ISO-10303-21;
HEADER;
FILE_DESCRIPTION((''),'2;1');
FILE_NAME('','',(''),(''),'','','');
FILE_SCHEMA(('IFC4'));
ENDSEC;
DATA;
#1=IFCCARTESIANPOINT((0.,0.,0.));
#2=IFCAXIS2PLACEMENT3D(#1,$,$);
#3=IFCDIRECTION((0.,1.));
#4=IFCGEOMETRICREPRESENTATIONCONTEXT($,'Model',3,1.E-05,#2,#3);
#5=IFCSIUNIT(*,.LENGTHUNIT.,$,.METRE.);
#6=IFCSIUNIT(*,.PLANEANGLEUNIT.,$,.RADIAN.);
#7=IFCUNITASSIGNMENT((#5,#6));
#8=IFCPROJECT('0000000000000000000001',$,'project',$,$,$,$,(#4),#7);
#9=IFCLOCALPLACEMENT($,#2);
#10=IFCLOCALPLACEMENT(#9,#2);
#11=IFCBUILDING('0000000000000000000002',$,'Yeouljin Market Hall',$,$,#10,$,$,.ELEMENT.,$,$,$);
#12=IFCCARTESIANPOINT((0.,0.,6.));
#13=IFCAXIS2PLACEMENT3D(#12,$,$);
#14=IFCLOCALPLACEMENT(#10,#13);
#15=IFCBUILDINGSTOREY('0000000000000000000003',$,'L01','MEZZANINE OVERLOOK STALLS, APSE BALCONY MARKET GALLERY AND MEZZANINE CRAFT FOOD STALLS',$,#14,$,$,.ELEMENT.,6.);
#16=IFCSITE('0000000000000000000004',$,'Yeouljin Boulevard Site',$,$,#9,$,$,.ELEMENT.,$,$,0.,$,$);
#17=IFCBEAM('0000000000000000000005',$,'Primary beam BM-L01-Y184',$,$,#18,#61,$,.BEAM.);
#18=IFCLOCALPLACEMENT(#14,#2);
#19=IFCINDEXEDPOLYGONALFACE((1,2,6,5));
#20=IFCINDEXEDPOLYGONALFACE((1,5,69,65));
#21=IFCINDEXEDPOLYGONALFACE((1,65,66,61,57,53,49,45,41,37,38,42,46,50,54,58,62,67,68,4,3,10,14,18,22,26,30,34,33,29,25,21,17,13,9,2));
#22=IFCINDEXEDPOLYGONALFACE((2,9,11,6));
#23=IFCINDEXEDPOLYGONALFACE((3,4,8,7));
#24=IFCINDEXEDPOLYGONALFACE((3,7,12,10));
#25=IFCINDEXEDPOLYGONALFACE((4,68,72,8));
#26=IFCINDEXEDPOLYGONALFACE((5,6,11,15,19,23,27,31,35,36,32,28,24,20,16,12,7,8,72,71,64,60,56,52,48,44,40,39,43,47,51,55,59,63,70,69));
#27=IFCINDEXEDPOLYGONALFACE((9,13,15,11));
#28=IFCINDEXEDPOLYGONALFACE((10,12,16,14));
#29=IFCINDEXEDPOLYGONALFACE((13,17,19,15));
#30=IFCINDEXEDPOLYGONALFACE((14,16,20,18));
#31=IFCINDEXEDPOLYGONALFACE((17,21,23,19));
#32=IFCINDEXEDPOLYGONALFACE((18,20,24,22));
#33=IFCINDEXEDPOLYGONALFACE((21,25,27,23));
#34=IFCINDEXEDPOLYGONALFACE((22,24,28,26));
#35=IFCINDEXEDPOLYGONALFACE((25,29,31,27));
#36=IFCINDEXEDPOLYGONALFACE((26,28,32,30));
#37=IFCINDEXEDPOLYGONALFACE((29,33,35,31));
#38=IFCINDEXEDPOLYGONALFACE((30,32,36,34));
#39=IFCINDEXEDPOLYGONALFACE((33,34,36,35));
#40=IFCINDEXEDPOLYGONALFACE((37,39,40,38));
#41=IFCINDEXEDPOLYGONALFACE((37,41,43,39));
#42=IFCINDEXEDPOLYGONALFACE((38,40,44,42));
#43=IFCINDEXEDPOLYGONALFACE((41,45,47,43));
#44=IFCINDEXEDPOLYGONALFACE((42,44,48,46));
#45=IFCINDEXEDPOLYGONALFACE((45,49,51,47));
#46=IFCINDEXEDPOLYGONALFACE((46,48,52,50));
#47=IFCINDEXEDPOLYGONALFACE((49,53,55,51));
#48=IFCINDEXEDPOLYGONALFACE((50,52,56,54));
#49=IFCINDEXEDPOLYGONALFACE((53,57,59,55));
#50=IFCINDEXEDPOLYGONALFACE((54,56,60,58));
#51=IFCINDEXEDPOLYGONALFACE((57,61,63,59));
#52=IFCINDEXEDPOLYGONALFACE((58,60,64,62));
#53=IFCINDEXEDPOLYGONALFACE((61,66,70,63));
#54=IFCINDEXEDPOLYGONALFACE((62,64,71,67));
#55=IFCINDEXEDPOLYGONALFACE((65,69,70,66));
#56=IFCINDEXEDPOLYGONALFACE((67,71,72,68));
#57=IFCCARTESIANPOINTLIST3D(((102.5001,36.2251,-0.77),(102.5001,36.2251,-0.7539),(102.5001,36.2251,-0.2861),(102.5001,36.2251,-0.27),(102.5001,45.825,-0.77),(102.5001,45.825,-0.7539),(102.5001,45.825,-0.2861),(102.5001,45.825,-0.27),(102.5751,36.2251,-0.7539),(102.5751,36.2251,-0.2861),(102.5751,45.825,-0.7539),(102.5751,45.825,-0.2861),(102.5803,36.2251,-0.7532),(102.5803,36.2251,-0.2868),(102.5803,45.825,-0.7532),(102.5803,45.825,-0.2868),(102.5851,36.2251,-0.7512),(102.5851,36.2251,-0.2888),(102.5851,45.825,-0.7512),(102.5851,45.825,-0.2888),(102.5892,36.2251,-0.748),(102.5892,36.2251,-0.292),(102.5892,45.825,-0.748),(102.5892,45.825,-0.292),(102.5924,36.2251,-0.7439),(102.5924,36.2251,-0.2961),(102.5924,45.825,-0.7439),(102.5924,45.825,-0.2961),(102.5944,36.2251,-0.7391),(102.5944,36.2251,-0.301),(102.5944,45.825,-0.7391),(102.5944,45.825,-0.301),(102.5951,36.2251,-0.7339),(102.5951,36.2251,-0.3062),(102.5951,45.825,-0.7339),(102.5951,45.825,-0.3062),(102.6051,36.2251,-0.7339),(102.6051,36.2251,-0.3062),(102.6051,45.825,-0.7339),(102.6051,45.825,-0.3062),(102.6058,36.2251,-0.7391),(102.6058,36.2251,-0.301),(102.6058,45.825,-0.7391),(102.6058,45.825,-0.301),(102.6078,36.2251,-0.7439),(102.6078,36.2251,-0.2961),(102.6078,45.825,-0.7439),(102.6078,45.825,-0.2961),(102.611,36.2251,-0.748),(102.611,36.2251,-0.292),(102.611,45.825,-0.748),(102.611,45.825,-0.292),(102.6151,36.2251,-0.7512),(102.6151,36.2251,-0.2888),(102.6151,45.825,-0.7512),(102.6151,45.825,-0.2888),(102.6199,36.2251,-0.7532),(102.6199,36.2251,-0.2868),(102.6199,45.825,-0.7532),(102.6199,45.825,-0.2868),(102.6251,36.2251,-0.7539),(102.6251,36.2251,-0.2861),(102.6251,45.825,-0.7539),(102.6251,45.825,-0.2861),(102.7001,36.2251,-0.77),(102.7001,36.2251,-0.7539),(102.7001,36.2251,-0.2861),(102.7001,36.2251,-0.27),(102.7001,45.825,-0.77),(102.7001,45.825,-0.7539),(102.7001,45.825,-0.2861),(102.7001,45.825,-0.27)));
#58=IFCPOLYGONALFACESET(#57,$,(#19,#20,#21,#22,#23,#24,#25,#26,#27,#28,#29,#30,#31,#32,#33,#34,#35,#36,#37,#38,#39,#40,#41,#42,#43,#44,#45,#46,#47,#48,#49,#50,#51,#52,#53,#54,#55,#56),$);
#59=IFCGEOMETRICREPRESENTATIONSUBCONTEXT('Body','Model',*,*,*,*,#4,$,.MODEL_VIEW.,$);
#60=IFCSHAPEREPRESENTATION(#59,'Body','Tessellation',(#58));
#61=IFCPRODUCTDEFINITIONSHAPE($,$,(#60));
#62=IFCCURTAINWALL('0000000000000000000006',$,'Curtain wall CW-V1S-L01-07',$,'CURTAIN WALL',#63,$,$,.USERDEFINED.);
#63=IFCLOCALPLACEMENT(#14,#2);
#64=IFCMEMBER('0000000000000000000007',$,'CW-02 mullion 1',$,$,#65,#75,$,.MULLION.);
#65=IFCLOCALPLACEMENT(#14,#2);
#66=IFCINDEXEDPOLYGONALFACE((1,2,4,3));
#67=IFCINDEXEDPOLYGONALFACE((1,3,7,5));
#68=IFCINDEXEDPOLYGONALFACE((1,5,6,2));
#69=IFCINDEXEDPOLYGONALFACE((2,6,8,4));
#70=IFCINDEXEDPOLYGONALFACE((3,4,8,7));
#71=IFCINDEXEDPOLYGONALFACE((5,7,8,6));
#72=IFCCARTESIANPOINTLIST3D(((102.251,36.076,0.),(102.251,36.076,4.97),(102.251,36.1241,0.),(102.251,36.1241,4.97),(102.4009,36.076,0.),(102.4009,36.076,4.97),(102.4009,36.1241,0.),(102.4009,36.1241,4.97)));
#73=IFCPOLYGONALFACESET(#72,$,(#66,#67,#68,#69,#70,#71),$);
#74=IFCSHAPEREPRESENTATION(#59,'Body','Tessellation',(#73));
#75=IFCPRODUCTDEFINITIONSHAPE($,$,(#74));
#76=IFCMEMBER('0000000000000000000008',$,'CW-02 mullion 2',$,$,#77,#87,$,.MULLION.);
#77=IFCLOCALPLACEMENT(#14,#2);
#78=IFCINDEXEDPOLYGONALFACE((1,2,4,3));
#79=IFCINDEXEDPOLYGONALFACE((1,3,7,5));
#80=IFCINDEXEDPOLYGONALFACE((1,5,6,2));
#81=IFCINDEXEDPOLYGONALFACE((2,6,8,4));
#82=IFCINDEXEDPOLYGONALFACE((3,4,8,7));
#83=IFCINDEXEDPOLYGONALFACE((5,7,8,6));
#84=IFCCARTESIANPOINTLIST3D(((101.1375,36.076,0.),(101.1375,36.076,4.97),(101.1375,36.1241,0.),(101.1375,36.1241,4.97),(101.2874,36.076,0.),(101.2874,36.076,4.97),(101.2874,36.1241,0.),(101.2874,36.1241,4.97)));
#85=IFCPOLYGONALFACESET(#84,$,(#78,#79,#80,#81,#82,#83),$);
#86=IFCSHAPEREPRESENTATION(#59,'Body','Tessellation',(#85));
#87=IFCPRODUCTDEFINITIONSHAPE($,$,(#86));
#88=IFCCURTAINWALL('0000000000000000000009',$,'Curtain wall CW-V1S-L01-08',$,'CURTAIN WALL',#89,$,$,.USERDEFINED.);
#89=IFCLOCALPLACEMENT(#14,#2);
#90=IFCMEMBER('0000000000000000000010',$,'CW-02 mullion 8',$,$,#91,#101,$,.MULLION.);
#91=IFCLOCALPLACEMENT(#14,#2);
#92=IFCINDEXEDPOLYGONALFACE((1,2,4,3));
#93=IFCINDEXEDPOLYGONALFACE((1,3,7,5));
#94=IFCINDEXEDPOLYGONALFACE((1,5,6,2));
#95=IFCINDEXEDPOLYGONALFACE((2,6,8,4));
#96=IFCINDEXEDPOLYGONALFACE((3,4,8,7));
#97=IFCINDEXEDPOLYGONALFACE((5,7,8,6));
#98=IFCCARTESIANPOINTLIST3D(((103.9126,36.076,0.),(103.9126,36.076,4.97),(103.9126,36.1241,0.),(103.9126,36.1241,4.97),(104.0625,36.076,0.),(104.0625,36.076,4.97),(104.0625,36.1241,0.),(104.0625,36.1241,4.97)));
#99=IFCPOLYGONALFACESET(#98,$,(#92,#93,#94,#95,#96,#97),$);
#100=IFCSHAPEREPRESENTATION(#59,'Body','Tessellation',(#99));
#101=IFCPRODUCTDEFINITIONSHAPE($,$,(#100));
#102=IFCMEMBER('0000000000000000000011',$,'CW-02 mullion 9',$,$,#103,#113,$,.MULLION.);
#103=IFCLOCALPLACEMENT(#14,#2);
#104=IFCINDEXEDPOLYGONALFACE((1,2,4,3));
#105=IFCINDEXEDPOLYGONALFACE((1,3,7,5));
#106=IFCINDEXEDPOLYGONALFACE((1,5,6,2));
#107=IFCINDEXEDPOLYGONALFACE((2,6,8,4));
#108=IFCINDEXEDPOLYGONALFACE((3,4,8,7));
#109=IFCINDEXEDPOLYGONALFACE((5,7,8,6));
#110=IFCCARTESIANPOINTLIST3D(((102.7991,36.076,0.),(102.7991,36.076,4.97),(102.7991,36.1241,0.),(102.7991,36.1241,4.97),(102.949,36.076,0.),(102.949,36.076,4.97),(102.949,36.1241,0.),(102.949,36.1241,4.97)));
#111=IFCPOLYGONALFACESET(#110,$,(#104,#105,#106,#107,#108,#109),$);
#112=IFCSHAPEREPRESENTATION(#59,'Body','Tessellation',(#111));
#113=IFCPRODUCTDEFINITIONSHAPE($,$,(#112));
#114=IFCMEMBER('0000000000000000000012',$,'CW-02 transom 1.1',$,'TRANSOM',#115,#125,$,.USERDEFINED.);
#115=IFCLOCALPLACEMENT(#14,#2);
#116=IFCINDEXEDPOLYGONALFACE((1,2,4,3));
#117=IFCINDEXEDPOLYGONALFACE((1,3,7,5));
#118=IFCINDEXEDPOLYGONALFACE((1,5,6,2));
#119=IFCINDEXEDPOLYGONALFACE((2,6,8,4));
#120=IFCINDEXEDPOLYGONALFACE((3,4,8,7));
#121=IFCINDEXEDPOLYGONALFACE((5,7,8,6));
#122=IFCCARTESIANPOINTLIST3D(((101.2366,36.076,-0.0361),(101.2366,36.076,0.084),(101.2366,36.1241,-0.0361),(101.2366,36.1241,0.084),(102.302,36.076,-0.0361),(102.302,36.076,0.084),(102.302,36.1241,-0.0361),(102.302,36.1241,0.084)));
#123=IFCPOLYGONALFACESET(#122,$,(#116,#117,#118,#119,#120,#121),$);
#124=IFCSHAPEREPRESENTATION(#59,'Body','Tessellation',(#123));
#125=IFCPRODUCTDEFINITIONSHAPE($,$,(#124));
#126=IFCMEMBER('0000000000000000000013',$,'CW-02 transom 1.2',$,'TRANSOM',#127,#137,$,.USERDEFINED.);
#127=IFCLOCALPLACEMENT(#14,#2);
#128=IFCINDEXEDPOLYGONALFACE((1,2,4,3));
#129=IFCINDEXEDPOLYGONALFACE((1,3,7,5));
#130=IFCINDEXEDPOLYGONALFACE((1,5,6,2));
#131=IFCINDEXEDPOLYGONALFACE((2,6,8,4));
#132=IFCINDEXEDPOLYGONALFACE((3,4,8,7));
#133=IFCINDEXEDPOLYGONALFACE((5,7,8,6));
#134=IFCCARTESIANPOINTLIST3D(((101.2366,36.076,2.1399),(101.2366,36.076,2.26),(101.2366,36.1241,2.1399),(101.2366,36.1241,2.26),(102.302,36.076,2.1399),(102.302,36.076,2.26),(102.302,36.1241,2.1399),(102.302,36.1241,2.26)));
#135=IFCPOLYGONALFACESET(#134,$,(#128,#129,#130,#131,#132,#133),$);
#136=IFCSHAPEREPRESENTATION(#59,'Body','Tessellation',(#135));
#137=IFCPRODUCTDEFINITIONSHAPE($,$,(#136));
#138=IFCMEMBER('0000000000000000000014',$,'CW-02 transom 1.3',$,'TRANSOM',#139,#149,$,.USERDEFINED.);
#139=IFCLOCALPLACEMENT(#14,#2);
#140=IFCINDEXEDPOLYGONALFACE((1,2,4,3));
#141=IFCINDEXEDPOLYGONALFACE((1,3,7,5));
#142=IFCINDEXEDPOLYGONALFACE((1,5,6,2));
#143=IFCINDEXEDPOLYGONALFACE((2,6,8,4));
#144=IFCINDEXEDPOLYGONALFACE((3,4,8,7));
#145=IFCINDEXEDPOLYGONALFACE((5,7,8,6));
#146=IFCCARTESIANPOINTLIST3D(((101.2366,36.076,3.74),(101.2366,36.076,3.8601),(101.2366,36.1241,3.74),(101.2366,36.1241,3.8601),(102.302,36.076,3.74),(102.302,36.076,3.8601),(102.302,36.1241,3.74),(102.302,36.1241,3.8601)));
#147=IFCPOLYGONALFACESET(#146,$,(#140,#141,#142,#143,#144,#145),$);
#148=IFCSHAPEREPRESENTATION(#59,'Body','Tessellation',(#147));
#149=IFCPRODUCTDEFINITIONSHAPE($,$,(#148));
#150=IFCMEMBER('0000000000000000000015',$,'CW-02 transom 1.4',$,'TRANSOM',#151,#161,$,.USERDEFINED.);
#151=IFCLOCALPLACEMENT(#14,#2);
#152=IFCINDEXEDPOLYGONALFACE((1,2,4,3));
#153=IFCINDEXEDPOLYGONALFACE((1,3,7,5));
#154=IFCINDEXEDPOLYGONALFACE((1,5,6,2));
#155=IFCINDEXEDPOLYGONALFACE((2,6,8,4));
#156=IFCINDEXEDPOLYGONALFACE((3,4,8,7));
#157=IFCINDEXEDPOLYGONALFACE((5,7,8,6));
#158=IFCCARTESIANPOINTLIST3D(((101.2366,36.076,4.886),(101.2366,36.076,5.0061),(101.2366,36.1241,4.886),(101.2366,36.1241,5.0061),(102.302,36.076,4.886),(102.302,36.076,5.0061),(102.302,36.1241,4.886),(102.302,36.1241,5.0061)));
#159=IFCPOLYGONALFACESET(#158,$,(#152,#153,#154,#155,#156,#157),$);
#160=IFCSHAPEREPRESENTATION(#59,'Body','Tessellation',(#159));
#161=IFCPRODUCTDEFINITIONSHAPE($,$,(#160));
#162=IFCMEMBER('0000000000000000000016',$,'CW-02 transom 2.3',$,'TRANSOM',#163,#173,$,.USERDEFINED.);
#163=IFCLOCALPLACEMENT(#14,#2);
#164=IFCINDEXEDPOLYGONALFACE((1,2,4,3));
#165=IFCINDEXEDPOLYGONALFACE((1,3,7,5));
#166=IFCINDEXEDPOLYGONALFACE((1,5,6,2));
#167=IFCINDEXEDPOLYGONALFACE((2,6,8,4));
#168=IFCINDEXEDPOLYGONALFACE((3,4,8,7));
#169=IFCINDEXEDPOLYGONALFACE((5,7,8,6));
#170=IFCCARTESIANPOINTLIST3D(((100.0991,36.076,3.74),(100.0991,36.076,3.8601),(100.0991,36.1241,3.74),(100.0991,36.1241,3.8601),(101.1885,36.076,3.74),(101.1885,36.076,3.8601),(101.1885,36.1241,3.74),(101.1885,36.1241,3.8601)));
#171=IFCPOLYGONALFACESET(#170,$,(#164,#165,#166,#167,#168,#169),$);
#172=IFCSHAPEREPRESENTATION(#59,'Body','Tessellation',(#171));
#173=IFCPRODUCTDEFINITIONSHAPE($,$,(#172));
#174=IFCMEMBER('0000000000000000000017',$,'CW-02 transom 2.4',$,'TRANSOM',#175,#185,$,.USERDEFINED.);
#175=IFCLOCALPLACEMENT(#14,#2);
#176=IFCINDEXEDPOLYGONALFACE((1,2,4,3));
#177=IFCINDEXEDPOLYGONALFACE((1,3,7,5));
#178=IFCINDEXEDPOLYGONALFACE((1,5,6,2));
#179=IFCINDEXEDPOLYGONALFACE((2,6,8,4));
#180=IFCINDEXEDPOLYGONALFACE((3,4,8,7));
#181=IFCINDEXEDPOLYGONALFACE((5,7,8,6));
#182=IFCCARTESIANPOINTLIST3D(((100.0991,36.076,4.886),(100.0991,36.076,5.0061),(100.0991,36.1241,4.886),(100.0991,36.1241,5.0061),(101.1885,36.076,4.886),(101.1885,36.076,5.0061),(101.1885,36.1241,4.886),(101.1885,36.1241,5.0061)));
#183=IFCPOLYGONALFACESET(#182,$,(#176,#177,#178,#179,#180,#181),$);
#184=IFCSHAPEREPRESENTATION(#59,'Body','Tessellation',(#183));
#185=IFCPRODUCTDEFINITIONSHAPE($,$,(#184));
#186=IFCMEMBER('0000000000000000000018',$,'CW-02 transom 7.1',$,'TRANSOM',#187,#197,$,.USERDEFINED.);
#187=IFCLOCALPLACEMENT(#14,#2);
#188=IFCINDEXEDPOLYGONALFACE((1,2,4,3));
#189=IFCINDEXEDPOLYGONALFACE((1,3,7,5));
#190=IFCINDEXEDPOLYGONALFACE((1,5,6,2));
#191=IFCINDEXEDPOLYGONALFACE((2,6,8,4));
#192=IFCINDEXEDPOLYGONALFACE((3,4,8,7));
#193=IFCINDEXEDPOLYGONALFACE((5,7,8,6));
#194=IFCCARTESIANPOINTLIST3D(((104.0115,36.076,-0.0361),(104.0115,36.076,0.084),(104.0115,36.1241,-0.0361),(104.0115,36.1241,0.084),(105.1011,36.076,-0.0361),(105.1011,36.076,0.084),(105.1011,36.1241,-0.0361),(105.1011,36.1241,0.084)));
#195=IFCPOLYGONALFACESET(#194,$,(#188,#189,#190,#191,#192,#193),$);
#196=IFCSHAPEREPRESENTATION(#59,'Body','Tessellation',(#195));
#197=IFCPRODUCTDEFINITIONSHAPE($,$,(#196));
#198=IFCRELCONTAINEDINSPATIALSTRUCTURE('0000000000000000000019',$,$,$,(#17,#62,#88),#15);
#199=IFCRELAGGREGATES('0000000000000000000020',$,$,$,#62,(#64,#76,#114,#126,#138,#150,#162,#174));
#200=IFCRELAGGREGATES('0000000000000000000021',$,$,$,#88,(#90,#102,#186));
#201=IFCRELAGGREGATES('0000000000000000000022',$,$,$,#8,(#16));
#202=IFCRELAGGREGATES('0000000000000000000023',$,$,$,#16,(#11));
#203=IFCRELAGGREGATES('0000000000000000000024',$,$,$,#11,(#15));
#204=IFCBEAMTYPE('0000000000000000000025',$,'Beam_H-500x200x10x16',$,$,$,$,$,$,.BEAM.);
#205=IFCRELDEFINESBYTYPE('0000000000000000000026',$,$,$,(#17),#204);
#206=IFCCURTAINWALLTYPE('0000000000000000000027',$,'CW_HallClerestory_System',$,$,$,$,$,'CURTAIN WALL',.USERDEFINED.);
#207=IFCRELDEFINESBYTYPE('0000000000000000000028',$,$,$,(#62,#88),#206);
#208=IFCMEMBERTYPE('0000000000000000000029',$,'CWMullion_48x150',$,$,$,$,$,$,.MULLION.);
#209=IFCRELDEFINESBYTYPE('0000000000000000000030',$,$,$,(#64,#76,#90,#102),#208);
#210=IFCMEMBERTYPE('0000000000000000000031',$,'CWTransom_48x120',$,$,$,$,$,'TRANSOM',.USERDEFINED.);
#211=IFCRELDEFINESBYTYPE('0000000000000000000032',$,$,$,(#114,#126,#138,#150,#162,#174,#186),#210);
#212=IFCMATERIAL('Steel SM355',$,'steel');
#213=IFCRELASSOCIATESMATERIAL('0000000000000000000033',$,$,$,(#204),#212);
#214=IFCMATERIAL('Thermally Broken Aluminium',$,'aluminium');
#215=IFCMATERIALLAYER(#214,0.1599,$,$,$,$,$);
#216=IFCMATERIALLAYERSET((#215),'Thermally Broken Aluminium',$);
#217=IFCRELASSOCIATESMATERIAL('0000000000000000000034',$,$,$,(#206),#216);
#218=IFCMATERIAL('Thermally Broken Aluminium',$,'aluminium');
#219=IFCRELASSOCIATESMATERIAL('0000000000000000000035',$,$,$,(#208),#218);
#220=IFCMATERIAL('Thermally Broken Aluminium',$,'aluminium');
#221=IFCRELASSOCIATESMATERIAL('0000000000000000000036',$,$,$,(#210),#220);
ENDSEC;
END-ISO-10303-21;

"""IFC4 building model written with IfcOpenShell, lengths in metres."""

from ifc_helpers import new_model, si_unit, direction, frame, origin, origin_2d, place, context, subcontext, project, spatial, rectangle, i_section, extrude, material, layer, layer_set, material_profile, profile_set, type_object, element, aggregate, save


model = new_model("IFC4")

# Units and contexts
model_context = context("Model", 3, precision=1e-05, world=origin(), true_north=direction((0.0, 1.0)))
body_context = subcontext(model_context, "Body", "Model", "MODEL_VIEW")
ifc_project = project(units=[si_unit("LENGTHUNIT", "METRE"), si_unit("PLANEANGLEUNIT", "RADIAN")], contexts=[model_context])

# Site, building, storey
site_placement = place(None, origin())
site = spatial("IfcSite", under=ifc_project, at=site_placement, Name="Yeouljin Boulevard Site", CompositionType="ELEMENT", RefElevation=0.0)
building_placement = place(site_placement, origin())
building = spatial("IfcBuilding", under=site, at=building_placement, Name="Yeouljin Market Hall", CompositionType="ELEMENT")
storey_placement = place(building_placement, frame((0.0, 0.0, 6.0)))
storey = spatial("IfcBuildingStorey", under=building, at=storey_placement, Name="L01", Description="MEZZANINE OVERLOOK STALLS, APSE BALCONY MARKET GALLERY AND MEZZANINE CRAFT FOOD STALLS", CompositionType="ELEMENT", Elevation=6.0)

# Beam
ifc_material_1 = material(Name="Steel SM355", Category="steel")
ifc_material_profile_1 = material_profile(ifc_material_1, i_section(OverallWidth=0.2, OverallDepth=0.5, WebThickness=0.01, FlangeThickness=0.0161, FilletRadius=0.02, at=origin_2d()), Name="H-500x200x10x16")
ifc_profile_set_1 = profile_set([ifc_material_profile_1], Name="Steel SM355")
beam_type = type_object("IfcBeamType", Name="Beam_H-500x200x10x16", PredefinedType="BEAM", material=ifc_profile_set_1)
beam_placement = place(storey_placement, frame((102.6001, 36.2251, -0.52), z_axis=(0.0, 1.0, 0.0), x_axis=(-1.0, 0.0, 0.0)))
element("IfcBeam", 1, at=beam_placement, inside=storey, type_object=beam_type, Name="Primary beam BM-L01-Y184", PredefinedType="BEAM", context=body_context, shape_type="SweptSolid", body=[
    extrude(i_section(OverallWidth=0.2, OverallDepth=0.5, WebThickness=0.01, FlangeThickness=0.0161, FilletRadius=0.02, at=origin_2d()), origin(), (0.0, 0.0, 1.0), 9.5999),
])

# Curtain walls, members
ifc_material_2 = material(Name="Thermally Broken Aluminium", Category="aluminium")
ifc_layer_1 = layer(ifc_material_2, 0.1599)
ifc_layer_set_1 = layer_set([ifc_layer_1], Name="Thermally Broken Aluminium")
curtain_wall_type = type_object("IfcCurtainWallType", Name="CW_HallClerestory_System", ElementType="CURTAIN WALL", PredefinedType="USERDEFINED", material=ifc_layer_set_1)
curtain_wall_1_placement = place(storey_placement, origin())
curtain_wall_1 = element("IfcCurtainWall", 2, at=curtain_wall_1_placement, inside=storey, type_object=curtain_wall_type, Name="Curtain wall CW-V1S-L01-07", ObjectType="CURTAIN WALL", PredefinedType="USERDEFINED")
ifc_material_3 = material(Name="Thermally Broken Aluminium", Category="aluminium")
ifc_material_profile_2 = material_profile(ifc_material_3, rectangle(XDim=0.0481, YDim=0.1499, at=origin_2d()), Name="CW-MULL-48x150")
ifc_profile_set_2 = profile_set([ifc_material_profile_2], Name="Thermally Broken Aluminium")
member_type_1 = type_object("IfcMemberType", Name="CWMullion_48x150", PredefinedType="MULLION", material=ifc_profile_set_2)
member_1_placement = place(storey_placement, frame((102.3259, 36.1001, 0.0), z_axis=(0.0, 0.0, 1.0), x_axis=(0.0, -1.0, 0.0)))
member_1 = element("IfcMember", 3, at=member_1_placement, type_object=member_type_1, Name="CW-02 mullion 1", PredefinedType="MULLION", context=body_context, shape_type="SweptSolid", body=[
    extrude(rectangle(XDim=0.0481, YDim=0.1499, at=origin_2d()), origin(), (0.0, 0.0, 1.0), 4.97),
])
member_2_placement = place(storey_placement, frame((101.2124, 36.1001, 0.0), z_axis=(0.0, 0.0, 1.0), x_axis=(0.0, -1.0, 0.0)))
member_2 = element("IfcMember", 4, at=member_2_placement, type_object=member_type_1, Name="CW-02 mullion 2", PredefinedType="MULLION", context=body_context, shape_type="SweptSolid", body=[
    extrude(rectangle(XDim=0.0481, YDim=0.1499, at=origin_2d()), origin(), (0.0, 0.0, 1.0), 4.97),
])
curtain_wall_2_placement = place(storey_placement, origin())
curtain_wall_2 = element("IfcCurtainWall", 5, at=curtain_wall_2_placement, inside=storey, type_object=curtain_wall_type, Name="Curtain wall CW-V1S-L01-08", ObjectType="CURTAIN WALL", PredefinedType="USERDEFINED")
member_3_placement = place(storey_placement, frame((103.9875, 36.1001, 0.0), z_axis=(0.0, 0.0, 1.0), x_axis=(0.0, -1.0, 0.0)))
member_3 = element("IfcMember", 6, at=member_3_placement, type_object=member_type_1, Name="CW-02 mullion 8", PredefinedType="MULLION", context=body_context, shape_type="SweptSolid", body=[
    extrude(rectangle(XDim=0.0481, YDim=0.1499, at=origin_2d()), origin(), (0.0, 0.0, 1.0), 4.97),
])
member_4_placement = place(storey_placement, frame((102.874, 36.1001, 0.0), z_axis=(0.0, 0.0, 1.0), x_axis=(0.0, -1.0, 0.0)))
member_4 = element("IfcMember", 7, at=member_4_placement, type_object=member_type_1, Name="CW-02 mullion 9", PredefinedType="MULLION", context=body_context, shape_type="SweptSolid", body=[
    extrude(rectangle(XDim=0.0481, YDim=0.1499, at=origin_2d()), origin(), (0.0, 0.0, 1.0), 4.97),
])

# Members
ifc_material_4 = material(Name="Thermally Broken Aluminium", Category="aluminium")
ifc_material_profile_3 = material_profile(ifc_material_4, rectangle(XDim=0.0481, YDim=0.1201, at=origin_2d()), Name="CW-TRAN-48x120")
ifc_profile_set_3 = profile_set([ifc_material_profile_3], Name="Thermally Broken Aluminium")
member_type_2 = type_object("IfcMemberType", Name="CWTransom_48x120", ElementType="TRANSOM", PredefinedType="USERDEFINED", material=ifc_profile_set_3)
member_5_placement = place(storey_placement, frame((102.302, 36.1001, 0.0239), z_axis=(-1.0, 0.0, 0.0), x_axis=(0.0, -1.0, 0.0)))
member_5 = element("IfcMember", 8, at=member_5_placement, type_object=member_type_2, Name="CW-02 transom 1.1", ObjectType="TRANSOM", PredefinedType="USERDEFINED", context=body_context, shape_type="SweptSolid", body=[
    extrude(rectangle(XDim=0.0481, YDim=0.1201, at=origin_2d()), origin(), (0.0, 0.0, 1.0), 1.0654),
])
member_6_placement = place(storey_placement, frame((102.302, 36.1001, 2.2), z_axis=(-1.0, 0.0, 0.0), x_axis=(0.0, -1.0, 0.0)))
member_6 = element("IfcMember", 9, at=member_6_placement, type_object=member_type_2, Name="CW-02 transom 1.2", ObjectType="TRANSOM", PredefinedType="USERDEFINED", context=body_context, shape_type="SweptSolid", body=[
    extrude(rectangle(XDim=0.0481, YDim=0.1201, at=origin_2d()), origin(), (0.0, 0.0, 1.0), 1.0654),
])
member_7_placement = place(storey_placement, frame((102.302, 36.1001, 3.8), z_axis=(-1.0, 0.0, 0.0), x_axis=(0.0, -1.0, 0.0)))
member_7 = element("IfcMember", 10, at=member_7_placement, type_object=member_type_2, Name="CW-02 transom 1.3", ObjectType="TRANSOM", PredefinedType="USERDEFINED", context=body_context, shape_type="SweptSolid", body=[
    extrude(rectangle(XDim=0.0481, YDim=0.1201, at=origin_2d()), origin(), (0.0, 0.0, 1.0), 1.0654),
])
member_8_placement = place(storey_placement, frame((102.302, 36.1001, 4.946), z_axis=(-1.0, 0.0, 0.0), x_axis=(0.0, -1.0, 0.0)))
member_8 = element("IfcMember", 11, at=member_8_placement, type_object=member_type_2, Name="CW-02 transom 1.4", ObjectType="TRANSOM", PredefinedType="USERDEFINED", context=body_context, shape_type="SweptSolid", body=[
    extrude(rectangle(XDim=0.0481, YDim=0.1201, at=origin_2d()), origin(), (0.0, 0.0, 1.0), 1.0654),
])
member_9_placement = place(storey_placement, frame((101.1885, 36.1001, 3.8), z_axis=(-1.0, 0.0, 0.0), x_axis=(0.0, -1.0, 0.0)))
member_9 = element("IfcMember", 12, at=member_9_placement, type_object=member_type_2, Name="CW-02 transom 2.3", ObjectType="TRANSOM", PredefinedType="USERDEFINED", context=body_context, shape_type="SweptSolid", body=[
    extrude(rectangle(XDim=0.0481, YDim=0.1201, at=origin_2d()), origin(), (0.0, 0.0, 1.0), 1.0894),
])
member_10_placement = place(storey_placement, frame((101.1885, 36.1001, 4.946), z_axis=(-1.0, 0.0, 0.0), x_axis=(0.0, -1.0, 0.0)))
member_10 = element("IfcMember", 13, at=member_10_placement, type_object=member_type_2, Name="CW-02 transom 2.4", ObjectType="TRANSOM", PredefinedType="USERDEFINED", context=body_context, shape_type="SweptSolid", body=[
    extrude(rectangle(XDim=0.0481, YDim=0.1201, at=origin_2d()), origin(), (0.0, 0.0, 1.0), 1.0894),
])
member_11_placement = place(storey_placement, frame((105.1011, 36.1001, 0.0239), z_axis=(-1.0, 0.0, 0.0), x_axis=(0.0, -1.0, 0.0)))
member_11 = element("IfcMember", 14, at=member_11_placement, type_object=member_type_2, Name="CW-02 transom 7.1", ObjectType="TRANSOM", PredefinedType="USERDEFINED", context=body_context, shape_type="SweptSolid", body=[
    extrude(rectangle(XDim=0.0481, YDim=0.1201, at=origin_2d()), origin(), (0.0, 0.0, 1.0), 1.0896),
])

aggregate(curtain_wall_1, [member_1, member_2, member_5, member_6, member_7, member_8, member_9, member_10])
aggregate(curtain_wall_2, [member_3, member_4, member_11])

save(model, "model.ifc")
